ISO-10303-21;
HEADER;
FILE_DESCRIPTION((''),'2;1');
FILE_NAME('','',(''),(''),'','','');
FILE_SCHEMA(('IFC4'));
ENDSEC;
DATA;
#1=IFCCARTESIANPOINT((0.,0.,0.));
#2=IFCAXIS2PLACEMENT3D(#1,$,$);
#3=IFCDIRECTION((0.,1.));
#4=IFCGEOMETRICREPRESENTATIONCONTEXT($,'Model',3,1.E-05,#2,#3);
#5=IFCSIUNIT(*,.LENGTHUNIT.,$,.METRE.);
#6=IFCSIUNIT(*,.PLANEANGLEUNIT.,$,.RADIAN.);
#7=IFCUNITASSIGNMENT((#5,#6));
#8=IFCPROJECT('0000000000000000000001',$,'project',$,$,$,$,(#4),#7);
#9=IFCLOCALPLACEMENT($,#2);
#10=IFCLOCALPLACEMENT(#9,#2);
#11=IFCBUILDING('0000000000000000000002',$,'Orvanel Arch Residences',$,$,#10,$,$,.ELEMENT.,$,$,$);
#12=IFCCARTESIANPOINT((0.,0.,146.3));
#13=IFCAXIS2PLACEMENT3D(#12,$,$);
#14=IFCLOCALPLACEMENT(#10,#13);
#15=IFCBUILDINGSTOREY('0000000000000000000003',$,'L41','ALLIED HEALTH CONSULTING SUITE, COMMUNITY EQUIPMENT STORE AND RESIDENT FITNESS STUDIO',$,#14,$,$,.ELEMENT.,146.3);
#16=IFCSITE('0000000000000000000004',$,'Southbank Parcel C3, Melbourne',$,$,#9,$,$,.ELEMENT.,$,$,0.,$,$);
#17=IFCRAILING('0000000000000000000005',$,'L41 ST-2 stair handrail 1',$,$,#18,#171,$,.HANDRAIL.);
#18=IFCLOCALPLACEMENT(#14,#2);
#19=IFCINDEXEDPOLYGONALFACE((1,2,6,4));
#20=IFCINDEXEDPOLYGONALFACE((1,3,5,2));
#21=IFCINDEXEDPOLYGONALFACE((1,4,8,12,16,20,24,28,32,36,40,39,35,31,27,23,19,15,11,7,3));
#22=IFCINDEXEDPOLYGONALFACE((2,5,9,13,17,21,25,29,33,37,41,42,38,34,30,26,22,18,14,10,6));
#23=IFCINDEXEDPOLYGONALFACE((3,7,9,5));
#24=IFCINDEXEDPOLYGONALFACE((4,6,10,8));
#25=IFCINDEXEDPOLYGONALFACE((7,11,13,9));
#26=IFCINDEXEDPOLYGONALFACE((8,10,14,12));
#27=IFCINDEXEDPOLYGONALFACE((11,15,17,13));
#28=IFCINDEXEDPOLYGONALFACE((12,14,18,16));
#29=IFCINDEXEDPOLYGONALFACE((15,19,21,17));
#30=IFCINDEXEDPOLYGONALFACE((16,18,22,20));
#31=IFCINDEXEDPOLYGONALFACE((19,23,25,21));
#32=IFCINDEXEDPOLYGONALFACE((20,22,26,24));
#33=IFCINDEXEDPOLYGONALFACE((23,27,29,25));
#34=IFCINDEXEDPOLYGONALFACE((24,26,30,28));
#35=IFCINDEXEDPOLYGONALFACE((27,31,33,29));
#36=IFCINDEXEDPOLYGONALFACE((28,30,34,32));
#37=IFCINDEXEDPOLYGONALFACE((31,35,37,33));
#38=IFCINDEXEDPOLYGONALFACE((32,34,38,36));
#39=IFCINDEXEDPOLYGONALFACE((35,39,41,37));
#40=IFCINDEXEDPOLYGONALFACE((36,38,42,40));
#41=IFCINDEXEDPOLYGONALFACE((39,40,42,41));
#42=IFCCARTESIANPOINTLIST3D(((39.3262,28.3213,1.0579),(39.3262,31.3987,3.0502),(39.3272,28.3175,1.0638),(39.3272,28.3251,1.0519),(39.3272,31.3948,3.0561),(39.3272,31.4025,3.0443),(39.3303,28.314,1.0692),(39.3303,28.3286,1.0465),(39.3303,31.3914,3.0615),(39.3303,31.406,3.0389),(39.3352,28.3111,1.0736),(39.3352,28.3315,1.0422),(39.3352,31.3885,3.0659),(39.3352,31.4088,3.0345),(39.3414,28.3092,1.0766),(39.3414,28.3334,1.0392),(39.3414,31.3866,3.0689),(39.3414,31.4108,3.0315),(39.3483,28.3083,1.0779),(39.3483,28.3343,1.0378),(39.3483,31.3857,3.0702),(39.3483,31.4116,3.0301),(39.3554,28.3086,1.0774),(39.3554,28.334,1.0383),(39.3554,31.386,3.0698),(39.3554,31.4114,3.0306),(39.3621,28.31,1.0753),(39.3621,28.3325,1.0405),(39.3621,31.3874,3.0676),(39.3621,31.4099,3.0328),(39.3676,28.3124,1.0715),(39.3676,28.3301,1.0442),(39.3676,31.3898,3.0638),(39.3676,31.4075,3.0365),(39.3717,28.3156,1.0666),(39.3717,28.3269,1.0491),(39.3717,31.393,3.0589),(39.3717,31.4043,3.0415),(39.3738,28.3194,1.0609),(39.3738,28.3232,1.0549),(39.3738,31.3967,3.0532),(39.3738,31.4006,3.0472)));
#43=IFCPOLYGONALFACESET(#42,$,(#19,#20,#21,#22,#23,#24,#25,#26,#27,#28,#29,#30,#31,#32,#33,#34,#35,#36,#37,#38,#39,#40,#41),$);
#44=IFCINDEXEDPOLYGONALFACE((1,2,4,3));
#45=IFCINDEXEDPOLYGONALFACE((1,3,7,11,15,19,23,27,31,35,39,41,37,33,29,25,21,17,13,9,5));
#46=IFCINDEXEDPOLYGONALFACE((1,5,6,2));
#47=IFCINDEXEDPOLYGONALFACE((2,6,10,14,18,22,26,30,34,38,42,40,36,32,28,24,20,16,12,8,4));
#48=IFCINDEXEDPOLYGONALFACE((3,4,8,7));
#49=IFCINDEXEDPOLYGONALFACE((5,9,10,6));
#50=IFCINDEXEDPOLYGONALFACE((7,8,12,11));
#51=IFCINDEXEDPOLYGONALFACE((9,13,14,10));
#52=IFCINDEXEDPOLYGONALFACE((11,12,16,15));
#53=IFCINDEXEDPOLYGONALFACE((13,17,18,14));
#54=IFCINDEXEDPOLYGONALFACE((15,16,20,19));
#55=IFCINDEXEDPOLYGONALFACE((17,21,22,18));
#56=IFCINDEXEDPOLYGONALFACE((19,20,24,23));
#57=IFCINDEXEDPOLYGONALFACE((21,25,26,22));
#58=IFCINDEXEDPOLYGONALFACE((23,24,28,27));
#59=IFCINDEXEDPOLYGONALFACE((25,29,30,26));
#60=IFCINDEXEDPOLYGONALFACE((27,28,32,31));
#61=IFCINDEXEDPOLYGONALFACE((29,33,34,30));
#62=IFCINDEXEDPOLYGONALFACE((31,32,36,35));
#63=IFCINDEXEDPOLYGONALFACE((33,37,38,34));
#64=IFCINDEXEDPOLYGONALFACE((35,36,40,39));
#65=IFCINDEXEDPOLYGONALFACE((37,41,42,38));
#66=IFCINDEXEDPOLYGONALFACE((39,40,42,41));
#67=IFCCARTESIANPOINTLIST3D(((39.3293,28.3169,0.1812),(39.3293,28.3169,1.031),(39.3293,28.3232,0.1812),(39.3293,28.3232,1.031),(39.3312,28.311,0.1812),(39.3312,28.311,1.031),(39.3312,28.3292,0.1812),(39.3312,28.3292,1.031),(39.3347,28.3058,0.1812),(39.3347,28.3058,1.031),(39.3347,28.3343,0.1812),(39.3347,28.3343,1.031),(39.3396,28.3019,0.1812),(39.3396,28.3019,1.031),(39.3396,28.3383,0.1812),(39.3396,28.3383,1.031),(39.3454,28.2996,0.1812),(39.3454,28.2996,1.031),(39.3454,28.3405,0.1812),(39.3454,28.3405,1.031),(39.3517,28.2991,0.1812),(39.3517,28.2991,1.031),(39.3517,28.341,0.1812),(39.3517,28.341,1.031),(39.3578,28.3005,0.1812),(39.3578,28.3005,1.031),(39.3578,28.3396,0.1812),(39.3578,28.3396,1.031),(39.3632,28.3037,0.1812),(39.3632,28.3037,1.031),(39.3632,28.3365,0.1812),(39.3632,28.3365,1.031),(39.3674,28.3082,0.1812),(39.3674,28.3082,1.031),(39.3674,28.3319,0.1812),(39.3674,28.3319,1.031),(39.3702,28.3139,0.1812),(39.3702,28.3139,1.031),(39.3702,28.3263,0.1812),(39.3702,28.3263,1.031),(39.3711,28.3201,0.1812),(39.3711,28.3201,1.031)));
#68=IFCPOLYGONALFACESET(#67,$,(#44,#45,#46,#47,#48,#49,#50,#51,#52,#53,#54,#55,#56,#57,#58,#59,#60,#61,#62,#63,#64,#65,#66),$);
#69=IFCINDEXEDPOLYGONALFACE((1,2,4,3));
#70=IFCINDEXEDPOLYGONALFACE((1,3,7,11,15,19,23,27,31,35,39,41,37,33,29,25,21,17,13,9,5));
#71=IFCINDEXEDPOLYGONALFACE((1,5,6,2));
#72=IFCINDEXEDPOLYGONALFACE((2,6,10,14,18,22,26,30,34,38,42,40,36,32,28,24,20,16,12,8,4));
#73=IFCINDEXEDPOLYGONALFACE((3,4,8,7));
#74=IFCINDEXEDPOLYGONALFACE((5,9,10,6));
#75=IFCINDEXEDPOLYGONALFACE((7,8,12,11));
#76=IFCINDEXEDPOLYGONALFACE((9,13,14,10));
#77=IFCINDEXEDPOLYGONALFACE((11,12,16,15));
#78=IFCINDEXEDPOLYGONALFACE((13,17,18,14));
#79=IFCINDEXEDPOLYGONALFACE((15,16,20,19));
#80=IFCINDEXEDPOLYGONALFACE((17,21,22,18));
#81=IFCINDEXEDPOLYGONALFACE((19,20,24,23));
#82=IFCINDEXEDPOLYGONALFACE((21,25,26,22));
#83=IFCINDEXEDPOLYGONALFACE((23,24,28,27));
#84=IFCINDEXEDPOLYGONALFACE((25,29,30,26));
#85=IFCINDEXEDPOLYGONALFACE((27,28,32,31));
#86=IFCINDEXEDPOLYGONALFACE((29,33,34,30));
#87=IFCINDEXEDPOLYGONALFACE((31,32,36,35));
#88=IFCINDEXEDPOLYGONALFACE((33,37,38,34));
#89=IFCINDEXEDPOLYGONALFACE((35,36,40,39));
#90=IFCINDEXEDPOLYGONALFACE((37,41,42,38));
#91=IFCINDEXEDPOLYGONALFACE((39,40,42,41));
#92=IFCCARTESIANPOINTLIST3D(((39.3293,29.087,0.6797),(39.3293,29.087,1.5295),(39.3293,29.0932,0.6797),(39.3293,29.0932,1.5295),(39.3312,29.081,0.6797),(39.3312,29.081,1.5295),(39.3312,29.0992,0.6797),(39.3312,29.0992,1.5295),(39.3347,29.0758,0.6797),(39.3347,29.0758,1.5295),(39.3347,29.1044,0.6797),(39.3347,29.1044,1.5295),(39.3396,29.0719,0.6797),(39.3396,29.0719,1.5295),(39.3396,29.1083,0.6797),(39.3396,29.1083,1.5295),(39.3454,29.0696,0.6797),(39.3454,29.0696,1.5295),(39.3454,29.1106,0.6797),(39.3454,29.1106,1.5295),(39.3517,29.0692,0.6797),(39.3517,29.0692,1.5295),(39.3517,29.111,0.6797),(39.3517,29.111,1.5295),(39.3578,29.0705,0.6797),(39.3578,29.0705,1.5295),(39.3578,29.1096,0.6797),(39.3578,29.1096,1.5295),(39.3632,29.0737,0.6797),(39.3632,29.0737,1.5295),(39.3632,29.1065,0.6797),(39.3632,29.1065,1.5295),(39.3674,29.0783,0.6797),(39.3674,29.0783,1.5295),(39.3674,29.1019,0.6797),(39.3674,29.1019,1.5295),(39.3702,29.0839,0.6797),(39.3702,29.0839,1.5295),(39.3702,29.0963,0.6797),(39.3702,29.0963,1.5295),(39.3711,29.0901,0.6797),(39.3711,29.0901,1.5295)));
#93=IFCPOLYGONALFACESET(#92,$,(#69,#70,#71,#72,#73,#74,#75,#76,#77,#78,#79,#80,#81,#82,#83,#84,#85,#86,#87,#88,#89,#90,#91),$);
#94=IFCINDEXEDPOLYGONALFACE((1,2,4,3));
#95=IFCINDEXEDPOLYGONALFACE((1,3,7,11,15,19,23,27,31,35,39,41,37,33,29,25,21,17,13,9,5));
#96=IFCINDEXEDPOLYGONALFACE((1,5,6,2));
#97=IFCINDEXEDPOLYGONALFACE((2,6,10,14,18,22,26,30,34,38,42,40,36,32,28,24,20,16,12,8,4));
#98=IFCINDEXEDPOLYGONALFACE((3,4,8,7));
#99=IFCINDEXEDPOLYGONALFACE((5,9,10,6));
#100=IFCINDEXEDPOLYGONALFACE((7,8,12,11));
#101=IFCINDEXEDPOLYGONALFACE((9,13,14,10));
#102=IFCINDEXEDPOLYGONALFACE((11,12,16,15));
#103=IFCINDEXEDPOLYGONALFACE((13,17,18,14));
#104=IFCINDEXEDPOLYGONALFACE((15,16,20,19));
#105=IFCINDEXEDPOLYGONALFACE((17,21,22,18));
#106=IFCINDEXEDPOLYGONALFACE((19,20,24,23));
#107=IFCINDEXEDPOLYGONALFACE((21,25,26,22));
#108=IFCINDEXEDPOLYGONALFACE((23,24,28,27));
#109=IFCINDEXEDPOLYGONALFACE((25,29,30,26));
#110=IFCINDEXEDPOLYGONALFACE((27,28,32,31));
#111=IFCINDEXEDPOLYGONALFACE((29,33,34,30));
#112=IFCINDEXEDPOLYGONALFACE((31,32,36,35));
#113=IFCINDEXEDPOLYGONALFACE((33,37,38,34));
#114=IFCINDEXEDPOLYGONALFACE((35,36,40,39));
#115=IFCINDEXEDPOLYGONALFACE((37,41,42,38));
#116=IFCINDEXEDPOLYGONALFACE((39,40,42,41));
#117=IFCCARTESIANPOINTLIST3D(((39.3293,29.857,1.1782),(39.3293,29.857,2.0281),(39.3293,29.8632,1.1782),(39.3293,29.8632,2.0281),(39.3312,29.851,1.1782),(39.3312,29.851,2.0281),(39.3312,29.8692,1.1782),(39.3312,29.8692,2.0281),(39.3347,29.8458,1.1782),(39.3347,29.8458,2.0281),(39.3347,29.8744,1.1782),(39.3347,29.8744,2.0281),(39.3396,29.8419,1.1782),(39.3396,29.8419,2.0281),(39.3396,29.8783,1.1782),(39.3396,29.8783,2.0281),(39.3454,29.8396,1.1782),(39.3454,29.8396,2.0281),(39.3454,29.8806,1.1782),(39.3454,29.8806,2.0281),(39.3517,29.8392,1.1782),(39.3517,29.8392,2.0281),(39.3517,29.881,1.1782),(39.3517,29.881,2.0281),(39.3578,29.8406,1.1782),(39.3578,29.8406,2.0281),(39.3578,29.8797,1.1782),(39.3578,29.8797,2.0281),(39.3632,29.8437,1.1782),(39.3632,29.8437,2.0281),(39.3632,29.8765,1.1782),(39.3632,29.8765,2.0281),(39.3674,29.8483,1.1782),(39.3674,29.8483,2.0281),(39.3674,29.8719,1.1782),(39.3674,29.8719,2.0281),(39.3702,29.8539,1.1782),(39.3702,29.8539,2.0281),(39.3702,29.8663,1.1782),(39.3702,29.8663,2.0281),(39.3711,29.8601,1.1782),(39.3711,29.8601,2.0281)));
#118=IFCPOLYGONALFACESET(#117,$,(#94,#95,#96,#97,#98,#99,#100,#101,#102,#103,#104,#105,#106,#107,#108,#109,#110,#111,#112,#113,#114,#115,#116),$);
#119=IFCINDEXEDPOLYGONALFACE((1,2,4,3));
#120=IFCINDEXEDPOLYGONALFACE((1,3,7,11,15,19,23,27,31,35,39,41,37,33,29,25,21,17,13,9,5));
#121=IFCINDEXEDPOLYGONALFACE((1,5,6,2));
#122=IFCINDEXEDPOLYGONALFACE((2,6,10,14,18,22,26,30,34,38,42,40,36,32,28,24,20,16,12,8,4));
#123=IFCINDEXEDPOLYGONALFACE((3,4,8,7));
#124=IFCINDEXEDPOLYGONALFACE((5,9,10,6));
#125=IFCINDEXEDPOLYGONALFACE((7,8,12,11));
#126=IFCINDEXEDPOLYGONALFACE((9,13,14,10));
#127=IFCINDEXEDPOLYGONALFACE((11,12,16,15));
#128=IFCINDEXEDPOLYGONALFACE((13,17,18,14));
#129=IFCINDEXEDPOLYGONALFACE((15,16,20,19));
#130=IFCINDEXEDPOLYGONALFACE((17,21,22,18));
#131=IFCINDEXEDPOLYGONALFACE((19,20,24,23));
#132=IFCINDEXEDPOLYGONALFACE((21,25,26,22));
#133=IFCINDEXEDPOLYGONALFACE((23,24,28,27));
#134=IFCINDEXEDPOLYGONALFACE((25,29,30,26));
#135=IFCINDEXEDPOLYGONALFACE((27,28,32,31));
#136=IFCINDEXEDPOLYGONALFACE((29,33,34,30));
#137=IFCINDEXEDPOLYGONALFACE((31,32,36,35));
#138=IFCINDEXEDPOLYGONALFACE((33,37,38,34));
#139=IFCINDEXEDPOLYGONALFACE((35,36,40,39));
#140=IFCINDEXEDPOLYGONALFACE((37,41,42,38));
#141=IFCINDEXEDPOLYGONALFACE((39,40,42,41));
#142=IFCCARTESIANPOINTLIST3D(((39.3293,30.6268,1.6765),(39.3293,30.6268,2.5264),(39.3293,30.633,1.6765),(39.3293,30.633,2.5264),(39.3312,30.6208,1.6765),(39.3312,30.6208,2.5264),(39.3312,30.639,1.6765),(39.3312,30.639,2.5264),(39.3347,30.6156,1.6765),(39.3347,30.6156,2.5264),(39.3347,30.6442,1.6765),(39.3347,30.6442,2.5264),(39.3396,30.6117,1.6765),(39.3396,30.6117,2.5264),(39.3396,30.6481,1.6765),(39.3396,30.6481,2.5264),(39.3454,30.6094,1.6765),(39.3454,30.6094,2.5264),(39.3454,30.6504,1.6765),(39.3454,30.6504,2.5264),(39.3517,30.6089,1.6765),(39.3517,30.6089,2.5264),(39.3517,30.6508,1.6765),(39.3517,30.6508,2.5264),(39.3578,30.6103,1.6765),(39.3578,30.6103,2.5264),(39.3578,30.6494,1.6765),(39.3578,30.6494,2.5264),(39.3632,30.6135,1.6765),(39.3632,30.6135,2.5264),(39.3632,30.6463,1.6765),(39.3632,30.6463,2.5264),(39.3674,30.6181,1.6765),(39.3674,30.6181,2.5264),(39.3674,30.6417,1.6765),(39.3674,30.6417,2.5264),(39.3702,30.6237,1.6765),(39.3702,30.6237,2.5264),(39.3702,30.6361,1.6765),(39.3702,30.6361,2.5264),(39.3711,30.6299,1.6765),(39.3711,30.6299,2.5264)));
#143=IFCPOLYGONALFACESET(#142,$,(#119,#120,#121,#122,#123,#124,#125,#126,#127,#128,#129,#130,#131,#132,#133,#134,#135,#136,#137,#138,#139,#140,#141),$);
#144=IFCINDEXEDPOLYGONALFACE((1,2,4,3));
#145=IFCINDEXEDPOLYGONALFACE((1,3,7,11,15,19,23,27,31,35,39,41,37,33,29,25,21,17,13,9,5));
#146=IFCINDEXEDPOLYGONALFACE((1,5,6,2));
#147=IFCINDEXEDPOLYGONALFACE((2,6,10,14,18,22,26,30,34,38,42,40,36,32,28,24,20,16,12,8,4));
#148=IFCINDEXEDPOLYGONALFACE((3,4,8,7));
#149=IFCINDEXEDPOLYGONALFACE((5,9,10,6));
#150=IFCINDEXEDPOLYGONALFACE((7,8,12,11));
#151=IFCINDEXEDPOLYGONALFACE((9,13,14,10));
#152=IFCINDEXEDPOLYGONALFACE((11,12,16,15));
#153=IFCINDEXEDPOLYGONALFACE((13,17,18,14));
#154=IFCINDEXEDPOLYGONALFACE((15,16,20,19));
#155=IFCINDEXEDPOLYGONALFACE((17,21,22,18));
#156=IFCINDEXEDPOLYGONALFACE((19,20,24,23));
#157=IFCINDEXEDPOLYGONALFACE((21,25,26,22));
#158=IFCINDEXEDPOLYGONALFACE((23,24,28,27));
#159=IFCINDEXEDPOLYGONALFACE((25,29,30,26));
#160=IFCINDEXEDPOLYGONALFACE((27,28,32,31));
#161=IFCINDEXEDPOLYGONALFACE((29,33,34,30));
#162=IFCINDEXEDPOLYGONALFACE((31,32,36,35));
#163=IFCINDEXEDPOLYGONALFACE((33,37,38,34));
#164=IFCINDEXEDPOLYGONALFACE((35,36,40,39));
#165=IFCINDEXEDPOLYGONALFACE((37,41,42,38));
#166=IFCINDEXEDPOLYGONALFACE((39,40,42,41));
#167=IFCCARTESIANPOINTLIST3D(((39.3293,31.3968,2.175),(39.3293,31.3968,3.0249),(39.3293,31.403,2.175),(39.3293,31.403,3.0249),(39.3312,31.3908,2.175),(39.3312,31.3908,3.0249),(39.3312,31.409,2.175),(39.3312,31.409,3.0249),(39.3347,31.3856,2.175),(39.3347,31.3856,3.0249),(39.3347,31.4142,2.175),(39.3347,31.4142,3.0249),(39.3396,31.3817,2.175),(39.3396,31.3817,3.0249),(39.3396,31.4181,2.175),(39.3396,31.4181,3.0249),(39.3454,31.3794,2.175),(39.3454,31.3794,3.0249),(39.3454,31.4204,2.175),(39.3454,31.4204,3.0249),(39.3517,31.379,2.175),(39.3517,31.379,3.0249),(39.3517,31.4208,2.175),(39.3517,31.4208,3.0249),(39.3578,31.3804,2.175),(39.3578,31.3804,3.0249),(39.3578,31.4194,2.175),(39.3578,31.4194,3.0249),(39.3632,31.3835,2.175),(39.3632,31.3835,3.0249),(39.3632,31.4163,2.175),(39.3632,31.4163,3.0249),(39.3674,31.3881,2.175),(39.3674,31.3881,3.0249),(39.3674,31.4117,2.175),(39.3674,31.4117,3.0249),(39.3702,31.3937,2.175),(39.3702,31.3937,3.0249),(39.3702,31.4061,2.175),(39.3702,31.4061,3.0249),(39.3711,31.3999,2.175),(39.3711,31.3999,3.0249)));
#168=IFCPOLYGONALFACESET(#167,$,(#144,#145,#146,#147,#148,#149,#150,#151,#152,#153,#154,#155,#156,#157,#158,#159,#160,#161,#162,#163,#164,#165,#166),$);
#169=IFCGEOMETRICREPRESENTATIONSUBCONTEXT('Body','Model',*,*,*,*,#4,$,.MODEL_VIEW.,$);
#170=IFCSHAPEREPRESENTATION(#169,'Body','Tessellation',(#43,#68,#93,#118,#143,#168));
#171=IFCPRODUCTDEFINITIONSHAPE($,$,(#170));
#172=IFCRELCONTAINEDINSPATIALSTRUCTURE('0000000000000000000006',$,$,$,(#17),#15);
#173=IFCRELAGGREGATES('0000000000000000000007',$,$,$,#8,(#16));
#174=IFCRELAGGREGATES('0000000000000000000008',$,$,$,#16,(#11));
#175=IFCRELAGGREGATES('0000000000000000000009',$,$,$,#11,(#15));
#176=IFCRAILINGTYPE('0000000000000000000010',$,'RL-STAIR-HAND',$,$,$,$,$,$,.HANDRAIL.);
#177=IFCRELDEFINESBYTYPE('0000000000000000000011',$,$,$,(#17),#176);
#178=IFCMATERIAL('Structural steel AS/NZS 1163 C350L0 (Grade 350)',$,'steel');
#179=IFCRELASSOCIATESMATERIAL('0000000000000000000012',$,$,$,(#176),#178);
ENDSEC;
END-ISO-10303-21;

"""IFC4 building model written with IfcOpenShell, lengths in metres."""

from ifc_helpers import new_model, si_unit, direction, frame, origin, origin_2d, place, context, subcontext, project, spatial, circle, extrude, material, type_object, element, save


model = new_model("IFC4")

# Units and contexts
model_context = context("Model", 3, precision=1e-05, world=origin(), true_north=direction((0.0, 1.0)))
body_context = subcontext(model_context, "Body", "Model", "MODEL_VIEW")
ifc_project = project(units=[si_unit("LENGTHUNIT", "METRE"), si_unit("PLANEANGLEUNIT", "RADIAN")], contexts=[model_context])

# Site, building, storey
site_placement = place(None, origin())
site = spatial("IfcSite", under=ifc_project, at=site_placement, Name="Southbank Parcel C3, Melbourne", CompositionType="ELEMENT", RefElevation=0.0)
building_placement = place(site_placement, origin())
building = spatial("IfcBuilding", under=site, at=building_placement, Name="Orvanel Arch Residences", CompositionType="ELEMENT")
storey_placement = place(building_placement, frame((0.0, 0.0, 146.3)))
storey = spatial("IfcBuildingStorey", under=building, at=storey_placement, Name="L41", Description="ALLIED HEALTH CONSULTING SUITE, COMMUNITY EQUIPMENT STORE AND RESIDENT FITNESS STUDIO", CompositionType="ELEMENT", Elevation=146.3)

# Railing
ifc_material_1 = material(Name="Structural steel AS/NZS 1163 C350L0 (Grade 350)", Category="steel")
railing_type_1 = type_object("IfcRailingType", Name="RL-STAIR-HAND", PredefinedType="HANDRAIL", material=ifc_material_1)
railing_1_placement = place(storey_placement, frame((39.3501, 28.3201, 0.1812)))
element("IfcRailing", 1, at=railing_1_placement, inside=storey, type_object=railing_type_1, Name="L41 ST-2 stair handrail 1", PredefinedType="HANDRAIL", context=body_context, shape_type="SweptSolid", body=[
    extrude(circle(Radius=0.0239, at=origin_2d()), frame((0.0, 0.0012, 0.8767), z_axis=(0.0, 0.839438, 0.543455), x_axis=(-1.0, 0.0, 0.0)), (0.0, 0.0, 1.0), 3.666),
    extrude(circle(Radius=0.021, at=origin_2d()), origin(), (0.0, 0.0, 1.0), 0.8499),
    extrude(circle(Radius=0.021, at=origin_2d()), frame((0.0, 0.77, 0.4985)), (0.0, 0.0, 1.0), 0.8499),
    extrude(circle(Radius=0.021, at=origin_2d()), frame((0.0, 1.54, 0.9971)), (0.0, 0.0, 1.0), 0.8499),
    extrude(circle(Radius=0.021, at=origin_2d()), frame((0.0, 2.3098, 1.4954)), (0.0, 0.0, 1.0), 0.8499),
    extrude(circle(Radius=0.021, at=origin_2d()), frame((0.0, 3.0798, 1.9939)), (0.0, 0.0, 1.0), 0.8499),
])

save(model, "model.ifc")
